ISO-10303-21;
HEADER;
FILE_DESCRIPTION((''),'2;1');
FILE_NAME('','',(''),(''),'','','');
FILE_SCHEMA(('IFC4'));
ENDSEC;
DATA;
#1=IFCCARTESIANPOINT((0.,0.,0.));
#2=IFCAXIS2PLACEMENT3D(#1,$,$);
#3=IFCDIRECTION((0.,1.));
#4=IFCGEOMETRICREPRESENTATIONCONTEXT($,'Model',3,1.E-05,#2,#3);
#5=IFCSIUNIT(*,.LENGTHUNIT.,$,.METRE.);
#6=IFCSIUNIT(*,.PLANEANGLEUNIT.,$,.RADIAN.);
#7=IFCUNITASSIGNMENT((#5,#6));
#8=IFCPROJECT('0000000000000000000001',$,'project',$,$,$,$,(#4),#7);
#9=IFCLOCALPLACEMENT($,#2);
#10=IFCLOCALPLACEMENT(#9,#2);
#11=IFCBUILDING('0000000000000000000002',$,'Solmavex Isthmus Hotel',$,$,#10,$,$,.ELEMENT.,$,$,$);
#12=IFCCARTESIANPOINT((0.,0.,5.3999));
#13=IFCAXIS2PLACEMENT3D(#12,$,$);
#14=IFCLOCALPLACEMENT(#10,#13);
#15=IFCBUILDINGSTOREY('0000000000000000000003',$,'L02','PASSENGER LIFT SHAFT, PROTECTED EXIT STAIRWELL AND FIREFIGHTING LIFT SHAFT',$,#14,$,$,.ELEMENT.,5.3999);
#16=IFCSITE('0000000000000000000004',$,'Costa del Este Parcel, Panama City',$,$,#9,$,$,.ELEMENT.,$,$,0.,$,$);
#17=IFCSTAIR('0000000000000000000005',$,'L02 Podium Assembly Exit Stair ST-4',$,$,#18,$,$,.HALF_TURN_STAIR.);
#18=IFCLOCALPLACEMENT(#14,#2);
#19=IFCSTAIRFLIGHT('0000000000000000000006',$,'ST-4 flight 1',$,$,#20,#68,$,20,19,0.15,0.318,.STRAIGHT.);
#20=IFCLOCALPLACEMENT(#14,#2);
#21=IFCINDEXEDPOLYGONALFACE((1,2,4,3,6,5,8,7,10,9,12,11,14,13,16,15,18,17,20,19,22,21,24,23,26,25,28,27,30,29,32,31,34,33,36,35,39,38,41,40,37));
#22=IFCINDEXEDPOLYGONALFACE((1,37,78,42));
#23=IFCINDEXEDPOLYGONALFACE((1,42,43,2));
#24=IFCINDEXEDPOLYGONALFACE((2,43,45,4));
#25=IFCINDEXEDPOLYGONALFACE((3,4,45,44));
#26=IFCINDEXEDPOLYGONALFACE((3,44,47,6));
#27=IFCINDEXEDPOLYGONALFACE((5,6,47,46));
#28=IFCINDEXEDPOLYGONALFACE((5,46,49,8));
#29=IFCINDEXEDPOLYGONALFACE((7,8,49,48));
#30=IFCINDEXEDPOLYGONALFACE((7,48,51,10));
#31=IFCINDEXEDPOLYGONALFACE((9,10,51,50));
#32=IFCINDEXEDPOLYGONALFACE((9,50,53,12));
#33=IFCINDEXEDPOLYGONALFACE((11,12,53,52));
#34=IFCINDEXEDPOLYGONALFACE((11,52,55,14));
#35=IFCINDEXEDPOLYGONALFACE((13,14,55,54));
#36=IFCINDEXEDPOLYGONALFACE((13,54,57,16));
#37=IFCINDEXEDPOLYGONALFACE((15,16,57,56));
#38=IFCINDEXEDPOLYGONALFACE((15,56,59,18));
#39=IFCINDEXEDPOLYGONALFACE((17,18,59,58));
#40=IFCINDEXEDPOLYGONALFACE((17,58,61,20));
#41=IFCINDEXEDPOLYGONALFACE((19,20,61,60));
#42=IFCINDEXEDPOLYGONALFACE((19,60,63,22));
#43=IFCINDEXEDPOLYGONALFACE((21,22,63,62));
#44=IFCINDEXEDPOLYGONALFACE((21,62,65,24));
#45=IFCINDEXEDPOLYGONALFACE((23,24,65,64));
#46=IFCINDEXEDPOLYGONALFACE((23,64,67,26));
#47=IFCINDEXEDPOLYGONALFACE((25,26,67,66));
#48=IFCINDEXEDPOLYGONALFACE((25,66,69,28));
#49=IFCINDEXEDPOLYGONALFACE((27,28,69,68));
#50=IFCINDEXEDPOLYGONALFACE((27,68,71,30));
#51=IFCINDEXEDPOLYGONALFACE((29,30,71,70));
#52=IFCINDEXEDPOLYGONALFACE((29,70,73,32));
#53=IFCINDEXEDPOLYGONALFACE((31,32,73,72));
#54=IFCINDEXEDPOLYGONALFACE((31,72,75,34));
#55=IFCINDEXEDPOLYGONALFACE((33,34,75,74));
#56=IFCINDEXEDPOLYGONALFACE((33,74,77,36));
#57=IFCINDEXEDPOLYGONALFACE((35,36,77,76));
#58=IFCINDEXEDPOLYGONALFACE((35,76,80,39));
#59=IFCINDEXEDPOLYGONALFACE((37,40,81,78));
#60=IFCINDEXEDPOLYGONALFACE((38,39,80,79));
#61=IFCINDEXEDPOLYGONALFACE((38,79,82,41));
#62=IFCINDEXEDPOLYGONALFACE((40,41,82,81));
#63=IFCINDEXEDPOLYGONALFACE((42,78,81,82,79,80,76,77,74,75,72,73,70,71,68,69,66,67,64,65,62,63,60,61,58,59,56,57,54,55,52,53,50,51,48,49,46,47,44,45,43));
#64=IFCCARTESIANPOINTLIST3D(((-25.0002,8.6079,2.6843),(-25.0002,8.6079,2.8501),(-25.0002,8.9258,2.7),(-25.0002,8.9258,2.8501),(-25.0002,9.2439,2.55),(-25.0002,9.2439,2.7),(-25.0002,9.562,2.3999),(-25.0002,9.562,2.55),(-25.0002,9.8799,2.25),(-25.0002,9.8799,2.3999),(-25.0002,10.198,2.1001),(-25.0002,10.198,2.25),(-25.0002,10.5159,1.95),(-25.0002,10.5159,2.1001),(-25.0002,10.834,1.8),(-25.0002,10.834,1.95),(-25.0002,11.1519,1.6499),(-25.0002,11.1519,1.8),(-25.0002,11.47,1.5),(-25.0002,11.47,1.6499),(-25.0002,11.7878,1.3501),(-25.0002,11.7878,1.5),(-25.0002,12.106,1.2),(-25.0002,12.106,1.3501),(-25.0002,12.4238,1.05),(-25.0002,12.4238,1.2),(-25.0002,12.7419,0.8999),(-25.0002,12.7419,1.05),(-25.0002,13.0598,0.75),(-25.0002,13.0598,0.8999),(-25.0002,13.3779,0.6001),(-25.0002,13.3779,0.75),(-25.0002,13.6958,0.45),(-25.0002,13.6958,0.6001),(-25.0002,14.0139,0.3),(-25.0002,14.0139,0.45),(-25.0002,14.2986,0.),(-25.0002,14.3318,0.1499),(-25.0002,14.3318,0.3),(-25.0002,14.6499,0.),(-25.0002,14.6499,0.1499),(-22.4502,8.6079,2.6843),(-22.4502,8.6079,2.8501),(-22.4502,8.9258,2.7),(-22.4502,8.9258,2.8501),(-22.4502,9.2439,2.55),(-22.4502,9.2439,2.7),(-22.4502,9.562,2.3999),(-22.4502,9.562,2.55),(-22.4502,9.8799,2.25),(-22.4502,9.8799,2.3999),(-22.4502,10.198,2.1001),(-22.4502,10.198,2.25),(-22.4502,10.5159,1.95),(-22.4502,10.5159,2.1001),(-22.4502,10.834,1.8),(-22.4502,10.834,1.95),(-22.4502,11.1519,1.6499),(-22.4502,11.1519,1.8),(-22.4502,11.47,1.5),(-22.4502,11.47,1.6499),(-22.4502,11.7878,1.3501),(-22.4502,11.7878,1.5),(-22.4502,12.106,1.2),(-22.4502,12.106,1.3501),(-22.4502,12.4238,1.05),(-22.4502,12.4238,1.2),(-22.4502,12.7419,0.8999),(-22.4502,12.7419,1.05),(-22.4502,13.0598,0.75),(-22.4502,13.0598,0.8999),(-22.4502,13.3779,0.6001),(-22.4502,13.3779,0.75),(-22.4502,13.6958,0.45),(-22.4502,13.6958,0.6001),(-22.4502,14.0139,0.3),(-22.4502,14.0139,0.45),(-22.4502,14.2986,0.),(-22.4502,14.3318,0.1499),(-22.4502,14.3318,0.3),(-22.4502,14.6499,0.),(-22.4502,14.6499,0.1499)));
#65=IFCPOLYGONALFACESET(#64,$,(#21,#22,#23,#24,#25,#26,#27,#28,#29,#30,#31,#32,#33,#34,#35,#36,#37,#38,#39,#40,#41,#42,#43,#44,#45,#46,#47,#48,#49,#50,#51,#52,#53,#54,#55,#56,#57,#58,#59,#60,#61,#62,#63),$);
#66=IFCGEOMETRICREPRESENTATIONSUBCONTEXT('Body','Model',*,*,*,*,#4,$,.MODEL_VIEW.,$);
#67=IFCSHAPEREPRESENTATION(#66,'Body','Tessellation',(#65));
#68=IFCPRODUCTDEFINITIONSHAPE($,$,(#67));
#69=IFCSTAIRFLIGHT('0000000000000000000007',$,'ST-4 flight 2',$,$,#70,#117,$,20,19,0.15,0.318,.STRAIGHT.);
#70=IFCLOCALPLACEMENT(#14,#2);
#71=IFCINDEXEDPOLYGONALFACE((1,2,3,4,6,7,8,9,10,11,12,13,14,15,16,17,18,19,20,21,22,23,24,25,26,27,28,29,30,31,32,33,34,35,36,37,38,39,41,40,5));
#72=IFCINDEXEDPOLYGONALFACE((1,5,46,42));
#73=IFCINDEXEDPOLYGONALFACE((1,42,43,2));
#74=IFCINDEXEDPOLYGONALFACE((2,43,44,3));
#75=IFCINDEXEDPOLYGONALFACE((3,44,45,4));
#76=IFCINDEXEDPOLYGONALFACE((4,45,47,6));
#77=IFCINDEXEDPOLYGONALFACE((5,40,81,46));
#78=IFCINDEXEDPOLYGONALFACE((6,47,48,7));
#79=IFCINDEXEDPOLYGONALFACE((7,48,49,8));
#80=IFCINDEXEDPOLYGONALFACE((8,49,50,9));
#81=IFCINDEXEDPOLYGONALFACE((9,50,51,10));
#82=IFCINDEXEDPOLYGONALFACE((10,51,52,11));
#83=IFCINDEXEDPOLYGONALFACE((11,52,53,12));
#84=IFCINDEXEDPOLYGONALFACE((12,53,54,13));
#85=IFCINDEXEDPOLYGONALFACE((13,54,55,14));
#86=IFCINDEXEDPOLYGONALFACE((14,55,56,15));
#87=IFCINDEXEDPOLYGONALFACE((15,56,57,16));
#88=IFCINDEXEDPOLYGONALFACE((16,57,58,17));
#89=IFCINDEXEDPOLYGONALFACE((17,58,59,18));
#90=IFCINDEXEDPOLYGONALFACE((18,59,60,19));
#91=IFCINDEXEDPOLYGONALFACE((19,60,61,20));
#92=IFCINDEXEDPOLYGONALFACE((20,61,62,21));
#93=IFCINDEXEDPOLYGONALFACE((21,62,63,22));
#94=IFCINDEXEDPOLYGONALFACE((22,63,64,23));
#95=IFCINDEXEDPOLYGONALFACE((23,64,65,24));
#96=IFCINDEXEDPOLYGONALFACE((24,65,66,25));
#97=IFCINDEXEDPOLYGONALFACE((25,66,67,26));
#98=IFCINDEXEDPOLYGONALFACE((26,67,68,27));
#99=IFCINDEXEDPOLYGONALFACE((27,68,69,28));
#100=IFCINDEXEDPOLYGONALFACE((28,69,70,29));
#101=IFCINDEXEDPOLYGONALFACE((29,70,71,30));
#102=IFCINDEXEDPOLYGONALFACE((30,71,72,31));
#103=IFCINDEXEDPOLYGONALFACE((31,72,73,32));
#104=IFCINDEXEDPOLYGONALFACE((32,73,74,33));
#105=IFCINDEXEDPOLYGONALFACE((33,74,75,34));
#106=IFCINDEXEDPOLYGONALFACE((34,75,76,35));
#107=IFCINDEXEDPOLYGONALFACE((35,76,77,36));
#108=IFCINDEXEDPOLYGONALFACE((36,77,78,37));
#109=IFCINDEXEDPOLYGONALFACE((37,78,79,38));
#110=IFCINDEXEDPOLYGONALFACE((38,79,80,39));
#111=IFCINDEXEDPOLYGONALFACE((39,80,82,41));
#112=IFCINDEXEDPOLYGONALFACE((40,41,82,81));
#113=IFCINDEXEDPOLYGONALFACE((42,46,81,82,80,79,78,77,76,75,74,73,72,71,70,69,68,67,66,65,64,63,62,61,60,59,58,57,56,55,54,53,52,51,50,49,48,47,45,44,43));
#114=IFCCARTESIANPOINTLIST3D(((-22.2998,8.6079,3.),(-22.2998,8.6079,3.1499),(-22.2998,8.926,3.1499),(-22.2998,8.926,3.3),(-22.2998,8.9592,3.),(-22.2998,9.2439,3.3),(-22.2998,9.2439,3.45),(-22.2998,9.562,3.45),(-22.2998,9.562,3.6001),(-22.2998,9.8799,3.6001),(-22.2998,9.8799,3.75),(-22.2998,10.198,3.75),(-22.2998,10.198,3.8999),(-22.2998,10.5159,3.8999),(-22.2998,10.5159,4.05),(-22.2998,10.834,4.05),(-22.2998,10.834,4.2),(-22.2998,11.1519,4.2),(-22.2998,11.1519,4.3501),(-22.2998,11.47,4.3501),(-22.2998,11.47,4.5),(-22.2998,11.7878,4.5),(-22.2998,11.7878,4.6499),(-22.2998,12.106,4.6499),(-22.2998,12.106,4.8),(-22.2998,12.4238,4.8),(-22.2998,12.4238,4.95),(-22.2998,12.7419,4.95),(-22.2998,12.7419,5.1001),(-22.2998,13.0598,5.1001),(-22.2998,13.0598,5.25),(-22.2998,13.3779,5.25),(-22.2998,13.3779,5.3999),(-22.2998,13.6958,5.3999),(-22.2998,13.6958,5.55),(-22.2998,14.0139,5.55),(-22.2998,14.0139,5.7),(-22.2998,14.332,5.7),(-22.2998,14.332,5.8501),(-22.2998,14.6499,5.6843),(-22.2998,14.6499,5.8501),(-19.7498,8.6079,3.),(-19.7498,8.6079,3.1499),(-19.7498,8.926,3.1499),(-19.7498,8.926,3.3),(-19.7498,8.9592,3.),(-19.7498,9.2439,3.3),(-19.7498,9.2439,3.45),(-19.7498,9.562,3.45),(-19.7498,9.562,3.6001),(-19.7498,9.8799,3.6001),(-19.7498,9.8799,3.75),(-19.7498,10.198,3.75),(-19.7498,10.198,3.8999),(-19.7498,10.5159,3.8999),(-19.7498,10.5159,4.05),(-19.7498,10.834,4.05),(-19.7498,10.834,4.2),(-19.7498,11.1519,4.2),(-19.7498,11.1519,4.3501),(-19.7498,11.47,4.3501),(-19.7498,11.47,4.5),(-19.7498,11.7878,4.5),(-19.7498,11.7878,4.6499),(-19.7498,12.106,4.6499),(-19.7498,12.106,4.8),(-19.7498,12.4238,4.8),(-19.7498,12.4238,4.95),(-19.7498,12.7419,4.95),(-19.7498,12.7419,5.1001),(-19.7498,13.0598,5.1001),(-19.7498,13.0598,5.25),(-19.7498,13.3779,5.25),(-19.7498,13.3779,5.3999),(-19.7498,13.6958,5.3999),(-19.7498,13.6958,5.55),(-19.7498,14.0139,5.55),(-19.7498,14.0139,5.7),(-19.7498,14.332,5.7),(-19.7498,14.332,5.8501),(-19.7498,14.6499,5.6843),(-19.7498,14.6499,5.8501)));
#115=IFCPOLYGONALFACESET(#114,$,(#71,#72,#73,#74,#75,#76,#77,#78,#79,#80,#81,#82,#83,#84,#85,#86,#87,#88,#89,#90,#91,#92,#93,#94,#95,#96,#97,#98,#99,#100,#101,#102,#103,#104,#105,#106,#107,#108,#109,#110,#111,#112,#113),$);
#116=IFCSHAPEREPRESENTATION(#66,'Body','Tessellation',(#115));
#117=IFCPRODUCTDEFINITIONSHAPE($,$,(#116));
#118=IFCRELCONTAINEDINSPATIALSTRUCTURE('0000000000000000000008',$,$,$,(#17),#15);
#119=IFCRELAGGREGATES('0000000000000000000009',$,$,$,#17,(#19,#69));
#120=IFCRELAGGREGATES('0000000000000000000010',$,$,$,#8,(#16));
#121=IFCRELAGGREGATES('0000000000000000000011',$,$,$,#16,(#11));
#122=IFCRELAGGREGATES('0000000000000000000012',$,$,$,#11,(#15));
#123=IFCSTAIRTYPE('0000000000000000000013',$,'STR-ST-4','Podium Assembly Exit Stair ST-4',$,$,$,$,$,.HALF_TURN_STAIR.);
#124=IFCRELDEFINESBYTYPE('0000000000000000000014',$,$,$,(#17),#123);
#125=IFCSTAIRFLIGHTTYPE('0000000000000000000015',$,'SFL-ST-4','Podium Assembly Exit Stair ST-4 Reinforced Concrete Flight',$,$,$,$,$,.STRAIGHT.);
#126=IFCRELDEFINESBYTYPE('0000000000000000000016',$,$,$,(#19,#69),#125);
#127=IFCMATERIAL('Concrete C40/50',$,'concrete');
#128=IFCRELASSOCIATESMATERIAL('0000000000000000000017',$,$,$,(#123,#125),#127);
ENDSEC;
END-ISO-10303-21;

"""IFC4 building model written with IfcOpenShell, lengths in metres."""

from ifc_helpers import new_model, si_unit, direction, frame, origin, place, context, subcontext, project, spatial, polyline, outline, extrude, material, type_object, element, aggregate, save


model = new_model("IFC4")

# Units and contexts
model_context = context("Model", 3, precision=1e-05, world=origin(), true_north=direction((0.0, 1.0)))
body_context = subcontext(model_context, "Body", "Model", "MODEL_VIEW")
ifc_project = project(units=[si_unit("LENGTHUNIT", "METRE"), si_unit("PLANEANGLEUNIT", "RADIAN")], contexts=[model_context])

# Site, building, storey
site_placement = place(None, origin())
site = spatial("IfcSite", under=ifc_project, at=site_placement, Name="Costa del Este Parcel, Panama City", CompositionType="ELEMENT", RefElevation=0.0)
building_placement = place(site_placement, origin())
building = spatial("IfcBuilding", under=site, at=building_placement, Name="Solmavex Isthmus Hotel", CompositionType="ELEMENT")
storey_placement = place(building_placement, frame((0.0, 0.0, 5.3999)))
storey = spatial("IfcBuildingStorey", under=building, at=storey_placement, Name="L02", Description="PASSENGER LIFT SHAFT, PROTECTED EXIT STAIRWELL AND FIREFIGHTING LIFT SHAFT", CompositionType="ELEMENT", Elevation=5.3999)

# Shared definitions
ifc_material_1 = material(Name="Concrete C40/50", Category="concrete")

# Stair, stair flights
stair_type = type_object("IfcStairType", Name="STR-ST-4", Description="Podium Assembly Exit Stair ST-4", PredefinedType="HALF_TURN_STAIR", material=ifc_material_1)
stair_placement = place(storey_placement, origin())
stair = element("IfcStair", 1, at=stair_placement, inside=storey, type_object=stair_type, Name="L02 Podium Assembly Exit Stair ST-4", PredefinedType="HALF_TURN_STAIR")
stair_flight_type = type_object("IfcStairFlightType", Name="SFL-ST-4", Description="Podium Assembly Exit Stair ST-4 Reinforced Concrete Flight", PredefinedType="STRAIGHT", material=ifc_material_1)
stair_flight_1_placement = place(storey_placement, frame((-23.7251, 14.6499, 0.0), z_axis=(0.0, 0.0, 1.0), x_axis=(0.0, -1.0, 0.0)))
stair_flight_1 = element("IfcStairFlight", 2, at=stair_flight_1_placement, type_object=stair_flight_type, Name="ST-4 flight 1", NumberOfRisers=20, NumberOfTreads=19, PredefinedType="STRAIGHT", RiserHeight=0.15, TreadLength=0.318, context=body_context, shape_type="SweptSolid", body=[
    extrude(outline(polyline([(0.0, 0.0), (0.0, 0.1499), (0.3181, 0.1499), (0.3181, 0.3), (0.636, 0.3), (0.636, 0.45), (0.9541, 0.45), (0.9541, 0.6001), (1.272, 0.6001), (1.272, 0.75), (1.5901, 0.75), (1.5901, 0.8999), (1.908, 0.8999), (1.908, 1.05), (2.2261, 1.05), (2.2261, 1.2), (2.5439, 1.2), (2.5439, 1.3501), (2.8621, 1.3501), (2.8621, 1.5), (3.1799, 1.5), (3.1799, 1.6499), (3.498, 1.6499), (3.498, 1.8), (3.8159, 1.8), (3.8159, 1.95), (4.134, 1.95), (4.134, 2.1001), (4.4519, 2.1001), (4.4519, 2.25), (4.77, 2.25), (4.77, 2.3999), (5.0879, 2.3999), (5.0879, 2.55), (5.406, 2.55), (5.406, 2.7), (5.7241, 2.7), (5.7241, 2.8501), (6.042, 2.8501), (6.042, 3.0), (6.042, 2.6843), (0.3513, 0.0), (0.0, 0.0)])), frame((0.0, 1.2749, 0.0), z_axis=(0.0, -1.0, 0.0), x_axis=(1.0, 0.0, 0.0)), (0.0, 0.0, 1.0), 2.55),
])
stair_flight_2_placement = place(storey_placement, frame((-21.0249, 8.6079, 3.0), z_axis=(0.0, 0.0, 1.0), x_axis=(0.0, 1.0, 0.0)))
stair_flight_2 = element("IfcStairFlight", 3, at=stair_flight_2_placement, type_object=stair_flight_type, Name="ST-4 flight 2", NumberOfRisers=20, NumberOfTreads=19, PredefinedType="STRAIGHT", RiserHeight=0.15, TreadLength=0.318, context=body_context, shape_type="SweptSolid", body=[
    extrude(outline(polyline([(0.0, 0.0), (0.0, 0.1499), (0.3181, 0.1499), (0.3181, 0.3), (0.636, 0.3), (0.636, 0.45), (0.9541, 0.45), (0.9541, 0.6001), (1.272, 0.6001), (1.272, 0.75), (1.5901, 0.75), (1.5901, 0.8999), (1.908, 0.8999), (1.908, 1.05), (2.2261, 1.05), (2.2261, 1.2), (2.5439, 1.2), (2.5439, 1.3501), (2.8621, 1.3501), (2.8621, 1.5), (3.1799, 1.5), (3.1799, 1.6499), (3.498, 1.6499), (3.498, 1.8), (3.8159, 1.8), (3.8159, 1.95), (4.134, 1.95), (4.134, 2.1001), (4.4519, 2.1001), (4.4519, 2.25), (4.77, 2.25), (4.77, 2.3999), (5.0879, 2.3999), (5.0879, 2.55), (5.406, 2.55), (5.406, 2.7), (5.7241, 2.7), (5.7241, 2.8501), (6.042, 2.8501), (6.042, 3.0), (6.042, 2.6843), (0.3513, 0.0), (0.0, 0.0)])), frame((0.0, 1.2749, 0.0), z_axis=(0.0, -1.0, 0.0), x_axis=(1.0, 0.0, 0.0)), (0.0, 0.0, 1.0), 2.55),
])
aggregate(stair, [stair_flight_1, stair_flight_2])

save(model, "model.ifc")
